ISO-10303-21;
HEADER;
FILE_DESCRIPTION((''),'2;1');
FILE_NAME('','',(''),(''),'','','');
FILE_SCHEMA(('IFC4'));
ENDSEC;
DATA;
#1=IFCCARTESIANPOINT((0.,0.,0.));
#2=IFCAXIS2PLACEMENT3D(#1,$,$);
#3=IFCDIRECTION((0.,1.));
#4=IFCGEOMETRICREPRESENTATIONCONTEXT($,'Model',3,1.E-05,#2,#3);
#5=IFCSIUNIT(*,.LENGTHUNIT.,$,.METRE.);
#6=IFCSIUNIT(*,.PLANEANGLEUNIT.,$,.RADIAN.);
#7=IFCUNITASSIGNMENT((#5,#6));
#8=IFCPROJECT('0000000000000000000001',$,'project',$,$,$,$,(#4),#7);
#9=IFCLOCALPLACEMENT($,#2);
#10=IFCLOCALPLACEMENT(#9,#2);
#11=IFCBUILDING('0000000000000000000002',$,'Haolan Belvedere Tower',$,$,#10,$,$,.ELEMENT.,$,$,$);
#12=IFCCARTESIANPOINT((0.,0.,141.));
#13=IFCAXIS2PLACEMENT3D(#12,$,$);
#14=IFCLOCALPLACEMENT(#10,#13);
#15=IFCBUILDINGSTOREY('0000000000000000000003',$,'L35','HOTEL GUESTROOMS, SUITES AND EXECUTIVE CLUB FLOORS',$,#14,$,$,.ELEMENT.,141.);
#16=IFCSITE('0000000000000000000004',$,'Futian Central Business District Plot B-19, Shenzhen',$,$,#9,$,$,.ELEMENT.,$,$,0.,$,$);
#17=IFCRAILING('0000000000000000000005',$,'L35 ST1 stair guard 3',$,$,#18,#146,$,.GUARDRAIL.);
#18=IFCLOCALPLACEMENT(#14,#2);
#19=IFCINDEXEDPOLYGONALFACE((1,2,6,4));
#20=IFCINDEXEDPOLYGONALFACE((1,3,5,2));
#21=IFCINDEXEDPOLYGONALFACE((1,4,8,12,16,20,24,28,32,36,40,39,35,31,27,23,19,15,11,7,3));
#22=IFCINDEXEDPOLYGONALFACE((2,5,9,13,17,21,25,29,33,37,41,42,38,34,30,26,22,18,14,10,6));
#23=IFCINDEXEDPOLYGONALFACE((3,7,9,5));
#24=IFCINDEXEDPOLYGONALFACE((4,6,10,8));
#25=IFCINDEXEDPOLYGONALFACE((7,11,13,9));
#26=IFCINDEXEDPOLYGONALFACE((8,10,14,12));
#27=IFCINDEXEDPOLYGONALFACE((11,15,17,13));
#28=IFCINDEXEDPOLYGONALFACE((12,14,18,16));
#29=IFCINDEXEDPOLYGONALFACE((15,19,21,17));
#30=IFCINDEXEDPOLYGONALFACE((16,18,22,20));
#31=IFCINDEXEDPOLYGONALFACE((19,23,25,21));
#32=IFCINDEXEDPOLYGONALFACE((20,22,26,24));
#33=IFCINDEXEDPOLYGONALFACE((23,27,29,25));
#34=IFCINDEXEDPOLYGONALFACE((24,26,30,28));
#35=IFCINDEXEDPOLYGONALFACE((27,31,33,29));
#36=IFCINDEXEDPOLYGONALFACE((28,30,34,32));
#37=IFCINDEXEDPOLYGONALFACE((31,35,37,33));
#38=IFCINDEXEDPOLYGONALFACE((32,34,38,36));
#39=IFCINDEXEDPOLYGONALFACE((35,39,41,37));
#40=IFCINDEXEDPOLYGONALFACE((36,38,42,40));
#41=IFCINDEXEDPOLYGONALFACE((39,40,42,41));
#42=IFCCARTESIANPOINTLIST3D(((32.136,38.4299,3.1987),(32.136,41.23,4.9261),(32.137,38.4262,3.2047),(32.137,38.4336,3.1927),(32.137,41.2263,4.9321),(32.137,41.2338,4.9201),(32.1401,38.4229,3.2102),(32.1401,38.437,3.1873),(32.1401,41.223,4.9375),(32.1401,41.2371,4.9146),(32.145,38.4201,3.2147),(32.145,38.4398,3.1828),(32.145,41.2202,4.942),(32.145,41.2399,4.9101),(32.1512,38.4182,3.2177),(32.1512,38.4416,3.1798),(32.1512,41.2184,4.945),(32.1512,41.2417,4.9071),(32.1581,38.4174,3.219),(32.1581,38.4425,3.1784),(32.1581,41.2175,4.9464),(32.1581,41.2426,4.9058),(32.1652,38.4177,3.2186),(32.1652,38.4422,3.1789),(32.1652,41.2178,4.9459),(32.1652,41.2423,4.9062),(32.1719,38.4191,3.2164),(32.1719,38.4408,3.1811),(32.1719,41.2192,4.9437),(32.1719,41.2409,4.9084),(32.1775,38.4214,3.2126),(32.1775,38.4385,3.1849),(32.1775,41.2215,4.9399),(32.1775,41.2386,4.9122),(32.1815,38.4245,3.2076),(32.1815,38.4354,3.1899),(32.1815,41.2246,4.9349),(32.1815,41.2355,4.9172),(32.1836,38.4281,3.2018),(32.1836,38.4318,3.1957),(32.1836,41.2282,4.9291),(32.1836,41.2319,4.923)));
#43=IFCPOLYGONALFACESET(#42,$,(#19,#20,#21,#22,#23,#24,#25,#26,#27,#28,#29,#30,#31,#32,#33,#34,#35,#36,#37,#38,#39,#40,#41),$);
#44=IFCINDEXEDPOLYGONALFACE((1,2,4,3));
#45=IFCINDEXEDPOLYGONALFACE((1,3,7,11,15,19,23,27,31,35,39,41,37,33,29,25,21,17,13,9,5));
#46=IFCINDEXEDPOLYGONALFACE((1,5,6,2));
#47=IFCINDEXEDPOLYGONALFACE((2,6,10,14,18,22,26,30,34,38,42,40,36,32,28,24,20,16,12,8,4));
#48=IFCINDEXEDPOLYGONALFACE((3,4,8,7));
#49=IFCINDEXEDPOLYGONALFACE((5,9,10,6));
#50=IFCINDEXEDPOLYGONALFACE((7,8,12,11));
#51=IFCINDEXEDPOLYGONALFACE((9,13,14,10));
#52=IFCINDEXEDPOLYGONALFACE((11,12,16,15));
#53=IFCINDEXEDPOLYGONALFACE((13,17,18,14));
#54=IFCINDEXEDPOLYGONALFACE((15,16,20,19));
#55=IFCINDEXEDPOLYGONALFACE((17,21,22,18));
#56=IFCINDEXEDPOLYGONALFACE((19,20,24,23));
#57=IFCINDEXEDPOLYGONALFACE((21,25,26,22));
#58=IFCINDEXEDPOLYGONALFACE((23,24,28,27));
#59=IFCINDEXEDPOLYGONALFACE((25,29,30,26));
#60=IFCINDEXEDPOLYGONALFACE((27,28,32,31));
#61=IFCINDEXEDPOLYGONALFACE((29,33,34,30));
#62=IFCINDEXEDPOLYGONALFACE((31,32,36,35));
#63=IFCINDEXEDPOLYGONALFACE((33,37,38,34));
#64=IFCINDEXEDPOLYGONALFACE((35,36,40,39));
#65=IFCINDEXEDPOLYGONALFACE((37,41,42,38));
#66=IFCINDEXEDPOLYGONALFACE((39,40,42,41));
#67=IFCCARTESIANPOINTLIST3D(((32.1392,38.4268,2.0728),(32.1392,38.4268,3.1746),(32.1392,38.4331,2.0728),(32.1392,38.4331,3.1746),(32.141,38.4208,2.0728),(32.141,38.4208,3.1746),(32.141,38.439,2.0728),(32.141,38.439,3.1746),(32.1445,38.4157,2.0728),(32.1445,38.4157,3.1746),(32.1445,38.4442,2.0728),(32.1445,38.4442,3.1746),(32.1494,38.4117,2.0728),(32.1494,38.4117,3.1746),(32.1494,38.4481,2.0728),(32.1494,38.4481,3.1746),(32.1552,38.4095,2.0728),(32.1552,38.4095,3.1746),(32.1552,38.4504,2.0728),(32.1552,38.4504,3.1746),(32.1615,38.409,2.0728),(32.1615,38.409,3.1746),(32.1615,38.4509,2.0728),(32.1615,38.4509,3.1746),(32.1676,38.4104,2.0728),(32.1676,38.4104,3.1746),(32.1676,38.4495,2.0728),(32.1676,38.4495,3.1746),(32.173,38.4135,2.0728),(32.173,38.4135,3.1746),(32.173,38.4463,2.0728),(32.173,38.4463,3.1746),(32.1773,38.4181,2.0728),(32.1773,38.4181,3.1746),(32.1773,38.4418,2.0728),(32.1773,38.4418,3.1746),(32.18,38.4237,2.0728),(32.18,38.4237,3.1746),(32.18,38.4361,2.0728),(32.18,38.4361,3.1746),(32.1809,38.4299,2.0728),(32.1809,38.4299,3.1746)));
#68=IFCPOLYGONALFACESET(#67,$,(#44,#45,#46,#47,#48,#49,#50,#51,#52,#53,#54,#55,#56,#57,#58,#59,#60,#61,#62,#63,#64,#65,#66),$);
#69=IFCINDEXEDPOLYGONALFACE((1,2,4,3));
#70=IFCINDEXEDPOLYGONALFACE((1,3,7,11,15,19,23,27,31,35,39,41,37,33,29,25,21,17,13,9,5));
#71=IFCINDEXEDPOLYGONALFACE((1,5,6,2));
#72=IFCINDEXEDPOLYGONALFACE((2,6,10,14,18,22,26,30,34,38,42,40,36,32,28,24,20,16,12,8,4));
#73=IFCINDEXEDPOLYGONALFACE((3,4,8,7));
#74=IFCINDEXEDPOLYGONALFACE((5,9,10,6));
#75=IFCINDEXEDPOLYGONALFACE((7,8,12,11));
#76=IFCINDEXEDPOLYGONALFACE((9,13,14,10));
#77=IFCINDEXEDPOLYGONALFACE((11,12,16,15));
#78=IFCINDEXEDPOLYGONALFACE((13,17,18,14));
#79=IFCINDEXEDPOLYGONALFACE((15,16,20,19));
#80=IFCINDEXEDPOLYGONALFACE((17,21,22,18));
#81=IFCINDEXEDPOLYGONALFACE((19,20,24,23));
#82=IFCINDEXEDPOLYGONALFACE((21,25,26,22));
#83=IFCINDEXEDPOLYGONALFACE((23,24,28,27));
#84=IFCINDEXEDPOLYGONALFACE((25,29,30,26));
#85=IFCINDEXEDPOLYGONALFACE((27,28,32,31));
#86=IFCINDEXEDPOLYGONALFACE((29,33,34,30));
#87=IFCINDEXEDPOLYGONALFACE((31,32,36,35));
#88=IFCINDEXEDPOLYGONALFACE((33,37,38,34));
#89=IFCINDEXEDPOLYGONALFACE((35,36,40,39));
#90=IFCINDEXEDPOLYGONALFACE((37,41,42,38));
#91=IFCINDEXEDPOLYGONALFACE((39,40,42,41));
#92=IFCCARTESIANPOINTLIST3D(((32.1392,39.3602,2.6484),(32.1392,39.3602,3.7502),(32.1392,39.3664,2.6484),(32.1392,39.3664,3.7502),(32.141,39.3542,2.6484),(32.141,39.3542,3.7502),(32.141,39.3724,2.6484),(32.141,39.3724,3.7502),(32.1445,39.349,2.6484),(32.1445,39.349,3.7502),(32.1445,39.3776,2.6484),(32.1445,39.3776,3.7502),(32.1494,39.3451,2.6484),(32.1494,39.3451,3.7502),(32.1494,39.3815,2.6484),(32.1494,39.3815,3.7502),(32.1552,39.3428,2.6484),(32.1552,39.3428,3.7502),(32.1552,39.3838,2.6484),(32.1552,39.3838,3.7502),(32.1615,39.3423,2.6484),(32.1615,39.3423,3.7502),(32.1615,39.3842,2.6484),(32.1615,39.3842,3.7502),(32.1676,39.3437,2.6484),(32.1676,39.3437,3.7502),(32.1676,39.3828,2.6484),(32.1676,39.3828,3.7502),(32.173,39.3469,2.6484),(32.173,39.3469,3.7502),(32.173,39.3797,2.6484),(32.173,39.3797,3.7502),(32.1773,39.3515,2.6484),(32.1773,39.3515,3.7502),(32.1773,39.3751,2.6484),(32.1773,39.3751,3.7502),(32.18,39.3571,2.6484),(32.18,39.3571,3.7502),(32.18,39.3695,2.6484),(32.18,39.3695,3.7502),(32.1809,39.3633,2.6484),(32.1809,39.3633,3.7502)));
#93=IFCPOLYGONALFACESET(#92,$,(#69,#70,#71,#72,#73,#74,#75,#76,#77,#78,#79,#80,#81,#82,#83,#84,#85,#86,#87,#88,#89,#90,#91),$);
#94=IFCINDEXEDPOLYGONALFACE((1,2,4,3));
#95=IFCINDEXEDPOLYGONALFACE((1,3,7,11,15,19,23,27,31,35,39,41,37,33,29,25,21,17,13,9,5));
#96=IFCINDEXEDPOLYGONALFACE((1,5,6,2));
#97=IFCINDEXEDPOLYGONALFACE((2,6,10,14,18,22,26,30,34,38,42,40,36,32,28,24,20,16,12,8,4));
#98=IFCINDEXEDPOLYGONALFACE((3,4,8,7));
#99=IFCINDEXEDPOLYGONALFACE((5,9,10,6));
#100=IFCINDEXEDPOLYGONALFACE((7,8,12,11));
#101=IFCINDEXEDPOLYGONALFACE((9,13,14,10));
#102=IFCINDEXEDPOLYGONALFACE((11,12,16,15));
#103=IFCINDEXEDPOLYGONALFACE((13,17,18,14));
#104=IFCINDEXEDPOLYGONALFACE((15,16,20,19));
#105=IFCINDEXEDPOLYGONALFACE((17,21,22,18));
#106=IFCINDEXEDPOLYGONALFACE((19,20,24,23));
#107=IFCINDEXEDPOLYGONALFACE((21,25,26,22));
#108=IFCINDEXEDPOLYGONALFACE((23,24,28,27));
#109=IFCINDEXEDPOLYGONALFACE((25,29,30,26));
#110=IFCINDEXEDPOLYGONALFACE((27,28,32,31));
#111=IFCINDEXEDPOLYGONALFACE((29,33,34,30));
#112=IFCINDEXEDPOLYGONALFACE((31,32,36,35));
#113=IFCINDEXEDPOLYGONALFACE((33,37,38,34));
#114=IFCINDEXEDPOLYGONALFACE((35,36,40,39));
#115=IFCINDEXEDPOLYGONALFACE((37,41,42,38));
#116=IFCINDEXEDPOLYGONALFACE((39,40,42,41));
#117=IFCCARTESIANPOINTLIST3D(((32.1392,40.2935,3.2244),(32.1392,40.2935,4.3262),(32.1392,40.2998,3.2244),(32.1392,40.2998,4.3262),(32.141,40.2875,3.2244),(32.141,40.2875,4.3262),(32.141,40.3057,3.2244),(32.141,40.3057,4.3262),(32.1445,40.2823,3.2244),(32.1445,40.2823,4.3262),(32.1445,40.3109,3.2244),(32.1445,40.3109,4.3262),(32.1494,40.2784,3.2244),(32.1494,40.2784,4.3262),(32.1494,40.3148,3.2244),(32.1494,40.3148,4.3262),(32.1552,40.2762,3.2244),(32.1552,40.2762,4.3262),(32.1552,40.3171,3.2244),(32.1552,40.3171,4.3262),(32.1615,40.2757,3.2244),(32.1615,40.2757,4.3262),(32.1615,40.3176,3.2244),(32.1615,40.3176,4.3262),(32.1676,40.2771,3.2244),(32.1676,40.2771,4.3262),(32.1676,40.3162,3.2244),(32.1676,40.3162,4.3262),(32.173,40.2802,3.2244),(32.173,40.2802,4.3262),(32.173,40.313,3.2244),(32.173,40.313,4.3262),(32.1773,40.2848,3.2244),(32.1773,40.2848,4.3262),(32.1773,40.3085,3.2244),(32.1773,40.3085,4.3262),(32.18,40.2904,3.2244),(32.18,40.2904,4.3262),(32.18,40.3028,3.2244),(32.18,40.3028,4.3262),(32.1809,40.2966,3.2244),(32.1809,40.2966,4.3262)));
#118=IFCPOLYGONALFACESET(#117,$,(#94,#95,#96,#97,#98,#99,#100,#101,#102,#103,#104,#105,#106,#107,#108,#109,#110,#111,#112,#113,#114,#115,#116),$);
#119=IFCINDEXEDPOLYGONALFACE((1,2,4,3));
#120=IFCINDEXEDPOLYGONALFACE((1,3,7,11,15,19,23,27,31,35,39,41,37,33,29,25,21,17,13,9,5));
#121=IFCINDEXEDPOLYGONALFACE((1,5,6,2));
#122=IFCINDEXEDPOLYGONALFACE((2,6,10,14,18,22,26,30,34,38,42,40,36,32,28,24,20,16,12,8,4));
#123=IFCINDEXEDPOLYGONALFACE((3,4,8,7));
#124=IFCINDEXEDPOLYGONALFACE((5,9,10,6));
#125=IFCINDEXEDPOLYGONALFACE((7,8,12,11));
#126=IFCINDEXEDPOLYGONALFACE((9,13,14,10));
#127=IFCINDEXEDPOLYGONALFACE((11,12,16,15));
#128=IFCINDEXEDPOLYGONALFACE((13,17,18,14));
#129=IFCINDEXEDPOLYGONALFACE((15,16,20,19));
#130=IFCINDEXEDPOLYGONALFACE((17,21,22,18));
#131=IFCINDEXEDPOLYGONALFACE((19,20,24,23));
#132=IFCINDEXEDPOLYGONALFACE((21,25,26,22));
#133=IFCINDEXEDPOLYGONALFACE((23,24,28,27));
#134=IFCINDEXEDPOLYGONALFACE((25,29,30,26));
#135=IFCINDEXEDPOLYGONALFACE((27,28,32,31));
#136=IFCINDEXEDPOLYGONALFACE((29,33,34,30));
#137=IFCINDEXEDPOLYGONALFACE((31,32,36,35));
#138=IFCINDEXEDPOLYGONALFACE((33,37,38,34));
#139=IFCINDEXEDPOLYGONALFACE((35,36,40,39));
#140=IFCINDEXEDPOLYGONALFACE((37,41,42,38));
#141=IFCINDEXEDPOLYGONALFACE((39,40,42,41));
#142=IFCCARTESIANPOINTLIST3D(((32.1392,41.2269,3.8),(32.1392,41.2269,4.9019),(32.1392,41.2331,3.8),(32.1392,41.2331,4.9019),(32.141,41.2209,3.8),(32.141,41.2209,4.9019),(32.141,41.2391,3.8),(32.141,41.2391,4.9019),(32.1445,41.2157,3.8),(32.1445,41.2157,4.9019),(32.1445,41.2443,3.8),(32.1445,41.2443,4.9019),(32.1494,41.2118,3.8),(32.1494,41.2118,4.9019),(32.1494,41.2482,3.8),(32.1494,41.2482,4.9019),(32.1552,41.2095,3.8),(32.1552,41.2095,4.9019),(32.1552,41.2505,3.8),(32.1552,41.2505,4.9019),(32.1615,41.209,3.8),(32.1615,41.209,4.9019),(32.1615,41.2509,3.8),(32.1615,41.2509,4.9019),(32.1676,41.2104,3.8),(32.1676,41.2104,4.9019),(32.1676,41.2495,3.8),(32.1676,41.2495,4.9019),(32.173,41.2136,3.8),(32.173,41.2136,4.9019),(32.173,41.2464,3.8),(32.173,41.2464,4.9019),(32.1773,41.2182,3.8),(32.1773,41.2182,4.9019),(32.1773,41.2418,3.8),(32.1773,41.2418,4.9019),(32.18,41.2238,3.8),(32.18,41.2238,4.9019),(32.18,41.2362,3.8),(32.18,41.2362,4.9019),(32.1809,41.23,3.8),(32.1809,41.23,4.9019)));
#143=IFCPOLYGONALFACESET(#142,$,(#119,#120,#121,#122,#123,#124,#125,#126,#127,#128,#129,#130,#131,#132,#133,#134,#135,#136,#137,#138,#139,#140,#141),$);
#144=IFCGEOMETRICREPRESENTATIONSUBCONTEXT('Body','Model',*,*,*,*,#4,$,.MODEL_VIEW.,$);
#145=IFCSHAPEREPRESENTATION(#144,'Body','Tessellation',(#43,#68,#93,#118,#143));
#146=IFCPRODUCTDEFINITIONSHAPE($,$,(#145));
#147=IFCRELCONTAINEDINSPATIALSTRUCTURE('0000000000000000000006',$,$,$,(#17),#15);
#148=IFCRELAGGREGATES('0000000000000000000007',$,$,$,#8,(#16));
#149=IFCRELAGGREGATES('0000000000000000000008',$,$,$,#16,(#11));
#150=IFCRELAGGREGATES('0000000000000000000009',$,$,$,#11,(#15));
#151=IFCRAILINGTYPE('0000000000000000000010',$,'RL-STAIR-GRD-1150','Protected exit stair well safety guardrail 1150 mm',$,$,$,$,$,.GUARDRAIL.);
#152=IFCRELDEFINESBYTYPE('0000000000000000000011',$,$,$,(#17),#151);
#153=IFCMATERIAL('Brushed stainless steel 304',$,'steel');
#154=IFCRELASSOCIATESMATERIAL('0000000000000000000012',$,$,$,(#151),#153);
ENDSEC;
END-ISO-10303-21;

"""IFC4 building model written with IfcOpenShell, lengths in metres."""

from ifc_helpers import new_model, si_unit, direction, frame, origin, origin_2d, place, context, subcontext, project, spatial, circle, extrude, material, type_object, element, save


model = new_model("IFC4")

# Units and contexts
model_context = context("Model", 3, precision=1e-05, world=origin(), true_north=direction((0.0, 1.0)))
body_context = subcontext(model_context, "Body", "Model", "MODEL_VIEW")
ifc_project = project(units=[si_unit("LENGTHUNIT", "METRE"), si_unit("PLANEANGLEUNIT", "RADIAN")], contexts=[model_context])

# Site, building, storey
site_placement = place(None, origin())
site = spatial("IfcSite", under=ifc_project, at=site_placement, Name="Futian Central Business District Plot B-19, Shenzhen", CompositionType="ELEMENT", RefElevation=0.0)
building_placement = place(site_placement, origin())
building = spatial("IfcBuilding", under=site, at=building_placement, Name="Haolan Belvedere Tower", CompositionType="ELEMENT")
storey_placement = place(building_placement, frame((0.0, 0.0, 141.0)))
storey = spatial("IfcBuildingStorey", under=building, at=storey_placement, Name="L35", Description="HOTEL GUESTROOMS, SUITES AND EXECUTIVE CLUB FLOORS", CompositionType="ELEMENT", Elevation=141.0)

# Railing
ifc_material_1 = material(Name="Brushed stainless steel 304", Category="steel")
railing_type_1 = type_object("IfcRailingType", Name="RL-STAIR-GRD-1150", Description="Protected exit stair well safety guardrail 1150 mm", PredefinedType="GUARDRAIL", material=ifc_material_1)
railing_1_placement = place(storey_placement, frame((32.1599, 38.4299, 2.0728)))
element("IfcRailing", 1, at=railing_1_placement, inside=storey, type_object=railing_type_1, Name="L35 ST1 stair guard 3", PredefinedType="GUARDRAIL", context=body_context, shape_type="SweptSolid", body=[
    extrude(circle(Radius=0.0239, at=origin_2d()), frame((0.0, 0.0, 1.126), z_axis=(0.0, 0.85109, 0.52502), x_axis=(-1.0, 0.0, 0.0)), (0.0, 0.0, 1.0), 3.29),
    extrude(circle(Radius=0.021, at=origin_2d()), origin(), (0.0, 0.0, 1.0), 1.1018),
    extrude(circle(Radius=0.021, at=origin_2d()), frame((0.0, 0.9333, 0.5757)), (0.0, 0.0, 1.0), 1.1018),
    extrude(circle(Radius=0.021, at=origin_2d()), frame((0.0, 1.8667, 1.1516)), (0.0, 0.0, 1.0), 1.1018),
    extrude(circle(Radius=0.021, at=origin_2d()), frame((0.0, 2.8, 1.7273)), (0.0, 0.0, 1.0), 1.1018),
])

save(model, "model.ifc")
